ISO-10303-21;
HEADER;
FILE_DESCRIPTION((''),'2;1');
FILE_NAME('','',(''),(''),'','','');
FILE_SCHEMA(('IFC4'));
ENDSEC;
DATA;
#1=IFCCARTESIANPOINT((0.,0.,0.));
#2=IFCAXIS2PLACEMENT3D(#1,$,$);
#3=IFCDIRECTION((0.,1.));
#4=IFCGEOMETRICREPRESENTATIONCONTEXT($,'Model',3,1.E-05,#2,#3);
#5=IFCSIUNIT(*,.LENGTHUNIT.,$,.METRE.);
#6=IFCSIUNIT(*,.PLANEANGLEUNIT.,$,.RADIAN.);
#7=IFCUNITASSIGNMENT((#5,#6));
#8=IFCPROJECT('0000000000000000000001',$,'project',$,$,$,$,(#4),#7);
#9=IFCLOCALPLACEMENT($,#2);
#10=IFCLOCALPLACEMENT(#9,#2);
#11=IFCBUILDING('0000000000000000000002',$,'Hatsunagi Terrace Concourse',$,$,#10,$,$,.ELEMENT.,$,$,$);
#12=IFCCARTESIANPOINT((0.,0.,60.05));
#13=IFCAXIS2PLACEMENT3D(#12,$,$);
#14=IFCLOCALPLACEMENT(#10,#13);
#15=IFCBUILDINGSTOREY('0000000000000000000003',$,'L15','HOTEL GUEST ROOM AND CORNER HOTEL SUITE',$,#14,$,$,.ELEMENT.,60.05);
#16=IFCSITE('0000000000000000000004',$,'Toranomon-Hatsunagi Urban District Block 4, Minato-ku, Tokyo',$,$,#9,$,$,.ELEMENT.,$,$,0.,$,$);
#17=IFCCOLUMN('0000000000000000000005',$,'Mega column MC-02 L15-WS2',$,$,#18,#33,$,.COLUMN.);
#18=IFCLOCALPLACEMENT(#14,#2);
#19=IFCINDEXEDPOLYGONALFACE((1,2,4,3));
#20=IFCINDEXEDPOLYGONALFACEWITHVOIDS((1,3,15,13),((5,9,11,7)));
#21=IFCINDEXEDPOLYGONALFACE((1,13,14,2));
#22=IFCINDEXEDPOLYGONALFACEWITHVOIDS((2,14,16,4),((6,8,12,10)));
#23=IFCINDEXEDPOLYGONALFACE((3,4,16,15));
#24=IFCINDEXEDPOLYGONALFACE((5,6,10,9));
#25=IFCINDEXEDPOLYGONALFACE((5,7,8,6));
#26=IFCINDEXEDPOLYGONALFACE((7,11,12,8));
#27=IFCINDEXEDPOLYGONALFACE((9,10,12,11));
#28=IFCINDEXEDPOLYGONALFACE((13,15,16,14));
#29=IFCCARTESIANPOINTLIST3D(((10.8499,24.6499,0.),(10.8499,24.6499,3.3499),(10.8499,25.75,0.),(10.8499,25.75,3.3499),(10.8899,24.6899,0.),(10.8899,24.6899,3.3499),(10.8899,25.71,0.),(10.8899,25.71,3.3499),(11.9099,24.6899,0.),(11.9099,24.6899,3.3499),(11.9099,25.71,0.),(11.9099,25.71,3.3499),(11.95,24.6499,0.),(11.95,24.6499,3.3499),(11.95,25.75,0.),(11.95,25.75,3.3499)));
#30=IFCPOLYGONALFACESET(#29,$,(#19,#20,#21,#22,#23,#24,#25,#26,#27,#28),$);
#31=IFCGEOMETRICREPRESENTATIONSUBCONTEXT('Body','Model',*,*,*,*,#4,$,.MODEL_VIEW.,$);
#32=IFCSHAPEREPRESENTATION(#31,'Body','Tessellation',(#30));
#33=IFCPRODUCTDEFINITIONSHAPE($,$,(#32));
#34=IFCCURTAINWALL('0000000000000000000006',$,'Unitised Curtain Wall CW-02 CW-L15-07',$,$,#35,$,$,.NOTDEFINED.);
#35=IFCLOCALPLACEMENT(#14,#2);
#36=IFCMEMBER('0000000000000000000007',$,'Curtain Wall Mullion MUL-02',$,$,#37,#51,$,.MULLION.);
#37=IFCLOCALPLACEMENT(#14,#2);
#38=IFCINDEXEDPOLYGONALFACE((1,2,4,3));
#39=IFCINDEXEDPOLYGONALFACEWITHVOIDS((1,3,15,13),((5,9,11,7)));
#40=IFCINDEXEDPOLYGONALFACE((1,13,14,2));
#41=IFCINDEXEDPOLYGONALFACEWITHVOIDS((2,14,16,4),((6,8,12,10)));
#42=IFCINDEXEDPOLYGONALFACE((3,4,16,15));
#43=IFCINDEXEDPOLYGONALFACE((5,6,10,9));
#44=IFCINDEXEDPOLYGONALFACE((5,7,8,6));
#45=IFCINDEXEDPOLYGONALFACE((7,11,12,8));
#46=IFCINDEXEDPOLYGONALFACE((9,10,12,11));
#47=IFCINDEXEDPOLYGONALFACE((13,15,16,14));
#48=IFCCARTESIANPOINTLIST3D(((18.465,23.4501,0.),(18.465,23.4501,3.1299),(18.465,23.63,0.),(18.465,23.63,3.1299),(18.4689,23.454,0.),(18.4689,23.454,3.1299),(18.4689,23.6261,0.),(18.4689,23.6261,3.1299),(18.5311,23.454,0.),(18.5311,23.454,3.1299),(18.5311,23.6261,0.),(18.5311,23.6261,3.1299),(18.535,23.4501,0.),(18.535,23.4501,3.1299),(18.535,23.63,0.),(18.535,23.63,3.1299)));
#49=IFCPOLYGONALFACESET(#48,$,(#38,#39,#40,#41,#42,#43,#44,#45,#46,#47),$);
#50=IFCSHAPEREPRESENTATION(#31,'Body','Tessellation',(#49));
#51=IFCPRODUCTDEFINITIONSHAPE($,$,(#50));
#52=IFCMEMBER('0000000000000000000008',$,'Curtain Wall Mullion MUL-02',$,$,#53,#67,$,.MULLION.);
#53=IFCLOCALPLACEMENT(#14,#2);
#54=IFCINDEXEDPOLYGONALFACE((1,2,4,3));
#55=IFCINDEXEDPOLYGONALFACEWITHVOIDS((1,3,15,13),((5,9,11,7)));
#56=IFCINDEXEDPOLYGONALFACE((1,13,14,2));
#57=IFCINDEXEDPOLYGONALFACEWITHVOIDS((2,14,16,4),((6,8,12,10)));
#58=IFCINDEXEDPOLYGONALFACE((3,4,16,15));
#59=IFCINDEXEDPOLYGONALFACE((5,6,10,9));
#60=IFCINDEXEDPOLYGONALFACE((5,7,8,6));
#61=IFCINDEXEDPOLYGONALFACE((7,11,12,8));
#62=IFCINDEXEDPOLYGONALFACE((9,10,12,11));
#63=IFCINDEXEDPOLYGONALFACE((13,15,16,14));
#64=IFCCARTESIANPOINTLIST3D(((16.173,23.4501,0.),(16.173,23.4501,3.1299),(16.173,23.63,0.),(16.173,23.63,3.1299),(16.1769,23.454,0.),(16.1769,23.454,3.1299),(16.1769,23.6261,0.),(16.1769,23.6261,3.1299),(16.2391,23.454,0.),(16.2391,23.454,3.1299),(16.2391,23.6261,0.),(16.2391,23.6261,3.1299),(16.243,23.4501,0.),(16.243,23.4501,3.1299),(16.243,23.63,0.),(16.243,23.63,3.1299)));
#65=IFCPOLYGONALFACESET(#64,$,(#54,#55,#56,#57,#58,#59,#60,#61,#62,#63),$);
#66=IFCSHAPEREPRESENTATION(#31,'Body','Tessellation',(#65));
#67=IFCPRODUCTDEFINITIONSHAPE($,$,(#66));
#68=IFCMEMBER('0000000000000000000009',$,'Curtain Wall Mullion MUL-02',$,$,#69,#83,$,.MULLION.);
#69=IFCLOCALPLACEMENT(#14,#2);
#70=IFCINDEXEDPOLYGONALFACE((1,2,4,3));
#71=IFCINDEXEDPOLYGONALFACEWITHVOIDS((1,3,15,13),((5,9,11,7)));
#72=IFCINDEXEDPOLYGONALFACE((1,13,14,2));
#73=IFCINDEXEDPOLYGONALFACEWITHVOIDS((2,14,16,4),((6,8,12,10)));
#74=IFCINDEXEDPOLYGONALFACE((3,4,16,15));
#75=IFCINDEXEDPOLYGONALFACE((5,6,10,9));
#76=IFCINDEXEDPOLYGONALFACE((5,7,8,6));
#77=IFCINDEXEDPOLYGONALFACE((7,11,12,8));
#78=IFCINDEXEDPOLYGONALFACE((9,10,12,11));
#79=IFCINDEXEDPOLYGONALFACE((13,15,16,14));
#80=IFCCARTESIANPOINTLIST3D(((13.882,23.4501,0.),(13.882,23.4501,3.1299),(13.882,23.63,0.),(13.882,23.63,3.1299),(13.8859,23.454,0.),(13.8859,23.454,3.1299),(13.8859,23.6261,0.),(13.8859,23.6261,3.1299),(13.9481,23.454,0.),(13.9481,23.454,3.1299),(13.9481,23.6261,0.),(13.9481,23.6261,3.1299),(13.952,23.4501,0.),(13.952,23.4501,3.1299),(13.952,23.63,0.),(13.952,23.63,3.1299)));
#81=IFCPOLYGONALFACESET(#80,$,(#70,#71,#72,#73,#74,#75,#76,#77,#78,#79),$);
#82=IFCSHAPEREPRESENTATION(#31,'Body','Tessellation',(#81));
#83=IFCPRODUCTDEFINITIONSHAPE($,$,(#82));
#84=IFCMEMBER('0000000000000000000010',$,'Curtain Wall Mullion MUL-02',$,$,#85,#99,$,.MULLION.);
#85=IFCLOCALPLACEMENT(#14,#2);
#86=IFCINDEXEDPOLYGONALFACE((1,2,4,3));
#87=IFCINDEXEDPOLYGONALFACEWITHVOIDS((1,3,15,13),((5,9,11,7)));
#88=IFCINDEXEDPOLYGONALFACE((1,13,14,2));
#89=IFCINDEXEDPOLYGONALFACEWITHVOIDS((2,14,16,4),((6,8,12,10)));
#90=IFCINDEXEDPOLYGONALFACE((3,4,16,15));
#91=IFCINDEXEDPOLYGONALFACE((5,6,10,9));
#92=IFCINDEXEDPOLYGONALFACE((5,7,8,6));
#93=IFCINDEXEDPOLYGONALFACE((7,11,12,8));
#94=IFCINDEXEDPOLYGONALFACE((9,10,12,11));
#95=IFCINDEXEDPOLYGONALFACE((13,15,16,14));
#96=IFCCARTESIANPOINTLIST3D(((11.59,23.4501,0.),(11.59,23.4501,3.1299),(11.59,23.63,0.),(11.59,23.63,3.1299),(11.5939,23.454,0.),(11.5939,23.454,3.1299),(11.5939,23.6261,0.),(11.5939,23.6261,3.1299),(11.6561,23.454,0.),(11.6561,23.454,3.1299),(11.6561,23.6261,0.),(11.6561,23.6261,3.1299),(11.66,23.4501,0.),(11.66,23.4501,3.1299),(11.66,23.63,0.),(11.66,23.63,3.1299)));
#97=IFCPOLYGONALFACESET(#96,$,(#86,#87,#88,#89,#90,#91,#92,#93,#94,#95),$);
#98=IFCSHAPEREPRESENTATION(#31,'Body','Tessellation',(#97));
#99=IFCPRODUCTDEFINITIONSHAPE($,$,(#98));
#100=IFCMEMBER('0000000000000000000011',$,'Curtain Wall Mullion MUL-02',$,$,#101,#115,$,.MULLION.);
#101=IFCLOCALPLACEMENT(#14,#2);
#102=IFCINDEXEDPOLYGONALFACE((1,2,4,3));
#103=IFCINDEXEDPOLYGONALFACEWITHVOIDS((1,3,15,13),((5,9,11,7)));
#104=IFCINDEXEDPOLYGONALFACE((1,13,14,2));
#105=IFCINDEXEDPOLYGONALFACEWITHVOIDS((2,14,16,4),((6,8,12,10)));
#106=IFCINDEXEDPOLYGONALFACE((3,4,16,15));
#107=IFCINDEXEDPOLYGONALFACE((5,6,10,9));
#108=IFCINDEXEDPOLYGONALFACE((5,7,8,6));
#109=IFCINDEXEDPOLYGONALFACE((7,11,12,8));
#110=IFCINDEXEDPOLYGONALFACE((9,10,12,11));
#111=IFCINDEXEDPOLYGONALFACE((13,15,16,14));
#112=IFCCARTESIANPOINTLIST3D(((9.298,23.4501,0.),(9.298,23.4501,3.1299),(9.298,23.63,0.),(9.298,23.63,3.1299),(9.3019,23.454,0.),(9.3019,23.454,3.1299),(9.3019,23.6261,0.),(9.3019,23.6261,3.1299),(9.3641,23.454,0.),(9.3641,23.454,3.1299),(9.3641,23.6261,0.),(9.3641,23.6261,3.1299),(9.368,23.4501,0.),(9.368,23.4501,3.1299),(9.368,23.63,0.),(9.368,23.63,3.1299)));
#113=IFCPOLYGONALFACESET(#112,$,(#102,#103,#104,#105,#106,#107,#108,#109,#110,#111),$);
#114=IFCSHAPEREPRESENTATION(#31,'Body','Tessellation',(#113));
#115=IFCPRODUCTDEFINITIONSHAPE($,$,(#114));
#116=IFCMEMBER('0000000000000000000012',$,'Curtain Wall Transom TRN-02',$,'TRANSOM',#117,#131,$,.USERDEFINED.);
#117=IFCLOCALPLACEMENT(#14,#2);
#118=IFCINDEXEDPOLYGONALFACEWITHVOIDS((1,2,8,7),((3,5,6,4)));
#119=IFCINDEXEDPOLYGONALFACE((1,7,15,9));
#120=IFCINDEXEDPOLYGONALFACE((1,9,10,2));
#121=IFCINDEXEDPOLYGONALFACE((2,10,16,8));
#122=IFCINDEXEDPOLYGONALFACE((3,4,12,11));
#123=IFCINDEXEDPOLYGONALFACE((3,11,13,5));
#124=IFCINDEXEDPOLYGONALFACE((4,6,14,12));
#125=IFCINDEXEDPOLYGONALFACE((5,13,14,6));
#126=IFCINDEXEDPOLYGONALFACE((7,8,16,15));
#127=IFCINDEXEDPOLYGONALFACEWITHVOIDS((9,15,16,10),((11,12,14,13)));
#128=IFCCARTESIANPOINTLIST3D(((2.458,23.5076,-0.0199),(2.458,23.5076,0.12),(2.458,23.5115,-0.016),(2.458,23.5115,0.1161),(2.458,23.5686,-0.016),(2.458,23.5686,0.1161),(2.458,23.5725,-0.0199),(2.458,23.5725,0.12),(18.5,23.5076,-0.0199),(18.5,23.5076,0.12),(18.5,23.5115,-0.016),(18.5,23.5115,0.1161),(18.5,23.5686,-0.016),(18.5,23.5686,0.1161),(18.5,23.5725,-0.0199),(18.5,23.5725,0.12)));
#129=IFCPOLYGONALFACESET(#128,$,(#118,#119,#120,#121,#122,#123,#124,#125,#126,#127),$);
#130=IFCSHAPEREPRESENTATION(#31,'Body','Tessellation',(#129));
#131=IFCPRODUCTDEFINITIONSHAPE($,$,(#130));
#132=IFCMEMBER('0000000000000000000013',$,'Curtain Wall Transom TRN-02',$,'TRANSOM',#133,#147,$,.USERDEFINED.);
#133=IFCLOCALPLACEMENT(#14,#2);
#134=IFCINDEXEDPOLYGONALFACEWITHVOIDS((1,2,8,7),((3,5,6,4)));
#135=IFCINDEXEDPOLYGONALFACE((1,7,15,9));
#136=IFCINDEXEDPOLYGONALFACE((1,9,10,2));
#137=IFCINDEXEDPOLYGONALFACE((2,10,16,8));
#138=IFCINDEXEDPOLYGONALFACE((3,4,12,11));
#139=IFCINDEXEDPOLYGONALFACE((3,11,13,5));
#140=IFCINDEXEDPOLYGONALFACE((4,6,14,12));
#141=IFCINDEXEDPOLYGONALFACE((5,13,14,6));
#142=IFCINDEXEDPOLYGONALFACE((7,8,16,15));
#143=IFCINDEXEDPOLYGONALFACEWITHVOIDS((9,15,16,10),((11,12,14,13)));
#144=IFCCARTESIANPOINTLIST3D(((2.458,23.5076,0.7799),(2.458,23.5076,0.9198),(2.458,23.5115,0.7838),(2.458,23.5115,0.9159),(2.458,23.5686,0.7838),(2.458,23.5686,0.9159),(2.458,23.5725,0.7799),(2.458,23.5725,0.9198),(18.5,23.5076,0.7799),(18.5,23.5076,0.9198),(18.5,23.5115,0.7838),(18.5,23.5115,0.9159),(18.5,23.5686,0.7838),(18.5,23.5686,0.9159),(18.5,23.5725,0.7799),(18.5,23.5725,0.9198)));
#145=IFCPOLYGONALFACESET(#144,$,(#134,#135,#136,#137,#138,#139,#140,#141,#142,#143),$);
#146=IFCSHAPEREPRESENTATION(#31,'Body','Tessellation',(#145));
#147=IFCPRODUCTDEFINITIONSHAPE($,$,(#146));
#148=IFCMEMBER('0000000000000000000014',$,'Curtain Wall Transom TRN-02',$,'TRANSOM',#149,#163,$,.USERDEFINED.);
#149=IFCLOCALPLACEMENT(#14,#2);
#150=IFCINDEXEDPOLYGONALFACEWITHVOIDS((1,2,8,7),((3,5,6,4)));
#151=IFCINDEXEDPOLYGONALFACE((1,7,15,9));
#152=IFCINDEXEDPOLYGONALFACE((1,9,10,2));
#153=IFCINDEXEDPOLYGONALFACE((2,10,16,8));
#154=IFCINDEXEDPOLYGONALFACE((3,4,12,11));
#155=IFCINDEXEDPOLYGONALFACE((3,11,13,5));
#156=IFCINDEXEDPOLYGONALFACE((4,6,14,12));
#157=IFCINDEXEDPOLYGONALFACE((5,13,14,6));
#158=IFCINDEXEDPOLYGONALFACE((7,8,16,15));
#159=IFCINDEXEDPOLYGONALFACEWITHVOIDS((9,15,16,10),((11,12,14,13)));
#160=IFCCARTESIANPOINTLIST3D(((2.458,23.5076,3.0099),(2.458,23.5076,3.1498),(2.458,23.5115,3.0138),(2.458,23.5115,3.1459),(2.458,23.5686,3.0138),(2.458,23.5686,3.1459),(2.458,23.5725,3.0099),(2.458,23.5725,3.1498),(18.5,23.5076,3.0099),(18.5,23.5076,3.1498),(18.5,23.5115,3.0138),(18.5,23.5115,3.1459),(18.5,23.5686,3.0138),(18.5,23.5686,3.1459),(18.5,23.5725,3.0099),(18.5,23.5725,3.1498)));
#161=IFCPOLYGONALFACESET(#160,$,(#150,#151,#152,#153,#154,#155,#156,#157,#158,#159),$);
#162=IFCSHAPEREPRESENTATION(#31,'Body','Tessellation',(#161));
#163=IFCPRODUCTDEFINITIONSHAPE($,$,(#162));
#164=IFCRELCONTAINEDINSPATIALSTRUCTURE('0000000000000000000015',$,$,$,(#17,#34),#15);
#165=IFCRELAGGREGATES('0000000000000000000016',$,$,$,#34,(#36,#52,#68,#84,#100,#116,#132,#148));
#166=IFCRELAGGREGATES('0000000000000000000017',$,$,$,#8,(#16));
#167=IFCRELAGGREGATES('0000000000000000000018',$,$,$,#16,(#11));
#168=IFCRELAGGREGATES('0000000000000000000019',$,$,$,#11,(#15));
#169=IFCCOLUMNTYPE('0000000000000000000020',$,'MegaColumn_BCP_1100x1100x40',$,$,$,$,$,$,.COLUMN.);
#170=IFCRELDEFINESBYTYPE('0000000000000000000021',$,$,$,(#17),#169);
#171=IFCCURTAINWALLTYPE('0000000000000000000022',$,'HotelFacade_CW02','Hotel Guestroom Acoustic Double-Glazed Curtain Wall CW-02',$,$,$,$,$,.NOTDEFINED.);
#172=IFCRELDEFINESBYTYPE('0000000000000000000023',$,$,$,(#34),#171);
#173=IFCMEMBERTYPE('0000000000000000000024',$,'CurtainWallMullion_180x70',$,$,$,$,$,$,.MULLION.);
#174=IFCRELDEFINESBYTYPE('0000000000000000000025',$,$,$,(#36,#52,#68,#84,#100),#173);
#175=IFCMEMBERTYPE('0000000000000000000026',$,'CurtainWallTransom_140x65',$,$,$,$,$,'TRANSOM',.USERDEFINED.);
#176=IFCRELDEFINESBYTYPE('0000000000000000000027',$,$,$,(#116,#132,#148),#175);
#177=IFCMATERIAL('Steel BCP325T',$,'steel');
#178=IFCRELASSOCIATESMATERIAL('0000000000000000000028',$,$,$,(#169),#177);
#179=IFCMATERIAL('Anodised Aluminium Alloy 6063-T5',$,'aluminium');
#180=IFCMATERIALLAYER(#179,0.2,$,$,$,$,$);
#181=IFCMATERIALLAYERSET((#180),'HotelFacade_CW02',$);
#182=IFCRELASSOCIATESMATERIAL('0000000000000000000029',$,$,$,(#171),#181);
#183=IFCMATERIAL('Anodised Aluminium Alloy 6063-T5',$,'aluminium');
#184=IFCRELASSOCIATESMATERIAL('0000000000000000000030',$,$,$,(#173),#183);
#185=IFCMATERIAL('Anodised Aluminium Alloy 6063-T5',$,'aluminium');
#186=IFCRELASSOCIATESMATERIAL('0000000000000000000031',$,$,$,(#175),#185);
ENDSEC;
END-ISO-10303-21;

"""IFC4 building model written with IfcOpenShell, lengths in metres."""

from ifc_helpers import new_model, si_unit, direction, frame, origin, origin_2d, place, context, subcontext, project, spatial, hollow_rectangle, extrude, material, layer, layer_set, material_profile, profile_set, type_object, element, aggregate, save


model = new_model("IFC4")

# Units and contexts
model_context = context("Model", 3, precision=1e-05, world=origin(), true_north=direction((0.0, 1.0)))
body_context = subcontext(model_context, "Body", "Model", "MODEL_VIEW")
ifc_project = project(units=[si_unit("LENGTHUNIT", "METRE"), si_unit("PLANEANGLEUNIT", "RADIAN")], contexts=[model_context])

# Site, building, storey
site_placement = place(None, origin())
site = spatial("IfcSite", under=ifc_project, at=site_placement, Name="Toranomon-Hatsunagi Urban District Block 4, Minato-ku, Tokyo", CompositionType="ELEMENT", RefElevation=0.0)
building_placement = place(site_placement, origin())
building = spatial("IfcBuilding", under=site, at=building_placement, Name="Hatsunagi Terrace Concourse", CompositionType="ELEMENT")
storey_placement = place(building_placement, frame((0.0, 0.0, 60.05)))
storey = spatial("IfcBuildingStorey", under=building, at=storey_placement, Name="L15", Description="HOTEL GUEST ROOM AND CORNER HOTEL SUITE", CompositionType="ELEMENT", Elevation=60.05)

# Column
ifc_material_1 = material(Name="Steel BCP325T", Category="steel")
ifc_material_profile_1 = material_profile(ifc_material_1, hollow_rectangle(XDim=1.1001, YDim=1.1001, WallThickness=0.04, at=origin_2d()), Name="BCP-1100x1100x40")
ifc_profile_set_1 = profile_set([ifc_material_profile_1], Name="Steel BCP325T")
column_type = type_object("IfcColumnType", Name="MegaColumn_BCP_1100x1100x40", PredefinedType="COLUMN", material=ifc_profile_set_1)
column_placement = place(storey_placement, frame((11.3999, 25.2, 0.0), z_axis=(0.0, 0.0, 1.0), x_axis=(1.0, 0.0, 0.0)))
element("IfcColumn", 1, at=column_placement, inside=storey, type_object=column_type, Name="Mega column MC-02 L15-WS2", PredefinedType="COLUMN", context=body_context, shape_type="SweptSolid", body=[
    extrude(hollow_rectangle(XDim=1.1001, YDim=1.1001, WallThickness=0.04, at=origin_2d()), origin(), (0.0, 0.0, 1.0), 3.3499),
])

# Curtain wall, members
ifc_material_2 = material(Name="Anodised Aluminium Alloy 6063-T5", Category="aluminium")
ifc_layer_1 = layer(ifc_material_2, 0.2)
ifc_layer_set_1 = layer_set([ifc_layer_1], Name="HotelFacade_CW02")
curtain_wall_type = type_object("IfcCurtainWallType", Name="HotelFacade_CW02", Description="Hotel Guestroom Acoustic Double-Glazed Curtain Wall CW-02", PredefinedType="NOTDEFINED", material=ifc_layer_set_1)
curtain_wall_placement = place(storey_placement, origin())
curtain_wall = element("IfcCurtainWall", 2, at=curtain_wall_placement, inside=storey, type_object=curtain_wall_type, Name="Unitised Curtain Wall CW-02 CW-L15-07", PredefinedType="NOTDEFINED")
ifc_material_3 = material(Name="Anodised Aluminium Alloy 6063-T5", Category="aluminium")
ifc_material_profile_2 = material_profile(ifc_material_3, hollow_rectangle(XDim=0.0701, YDim=0.1799, WallThickness=0.0039, at=origin_2d()), Name="ALU-MUL-180x70x4")
ifc_profile_set_2 = profile_set([ifc_material_profile_2], Name="Anodised Aluminium Alloy 6063-T5")
member_type_1 = type_object("IfcMemberType", Name="CurtainWallMullion_180x70", PredefinedType="MULLION", material=ifc_profile_set_2)
member_1_placement = place(storey_placement, frame((18.5, 23.54, 0.0), z_axis=(0.0, 0.0, 1.0), x_axis=(-1.0, 0.0, 0.0)))
member_1 = element("IfcMember", 3, at=member_1_placement, type_object=member_type_1, Name="Curtain Wall Mullion MUL-02", PredefinedType="MULLION", context=body_context, shape_type="SweptSolid", body=[
    extrude(hollow_rectangle(XDim=0.0701, YDim=0.1799, WallThickness=0.0039, at=origin_2d()), origin(), (0.0, 0.0, 1.0), 3.1299),
])
member_2_placement = place(storey_placement, frame((16.208, 23.54, 0.0), z_axis=(0.0, 0.0, 1.0), x_axis=(-1.0, 0.0, 0.0)))
member_2 = element("IfcMember", 4, at=member_2_placement, type_object=member_type_1, Name="Curtain Wall Mullion MUL-02", PredefinedType="MULLION", context=body_context, shape_type="SweptSolid", body=[
    extrude(hollow_rectangle(XDim=0.0701, YDim=0.1799, WallThickness=0.0039, at=origin_2d()), origin(), (0.0, 0.0, 1.0), 3.1299),
])
member_3_placement = place(storey_placement, frame((13.917, 23.54, 0.0), z_axis=(0.0, 0.0, 1.0), x_axis=(-1.0, 0.0, 0.0)))
member_3 = element("IfcMember", 5, at=member_3_placement, type_object=member_type_1, Name="Curtain Wall Mullion MUL-02", PredefinedType="MULLION", context=body_context, shape_type="SweptSolid", body=[
    extrude(hollow_rectangle(XDim=0.0701, YDim=0.1799, WallThickness=0.0039, at=origin_2d()), origin(), (0.0, 0.0, 1.0), 3.1299),
])
member_4_placement = place(storey_placement, frame((11.625, 23.54, 0.0), z_axis=(0.0, 0.0, 1.0), x_axis=(-1.0, 0.0, 0.0)))
member_4 = element("IfcMember", 6, at=member_4_placement, type_object=member_type_1, Name="Curtain Wall Mullion MUL-02", PredefinedType="MULLION", context=body_context, shape_type="SweptSolid", body=[
    extrude(hollow_rectangle(XDim=0.0701, YDim=0.1799, WallThickness=0.0039, at=origin_2d()), origin(), (0.0, 0.0, 1.0), 3.1299),
])
member_5_placement = place(storey_placement, frame((9.333, 23.54, 0.0), z_axis=(0.0, 0.0, 1.0), x_axis=(-1.0, 0.0, 0.0)))
member_5 = element("IfcMember", 7, at=member_5_placement, type_object=member_type_1, Name="Curtain Wall Mullion MUL-02", PredefinedType="MULLION", context=body_context, shape_type="SweptSolid", body=[
    extrude(hollow_rectangle(XDim=0.0701, YDim=0.1799, WallThickness=0.0039, at=origin_2d()), origin(), (0.0, 0.0, 1.0), 3.1299),
])
ifc_material_4 = material(Name="Anodised Aluminium Alloy 6063-T5", Category="aluminium")
ifc_material_profile_3 = material_profile(ifc_material_4, hollow_rectangle(XDim=0.0649, YDim=0.1399, WallThickness=0.0039, at=origin_2d()), Name="ALU-TRN-140x65x4")
ifc_profile_set_3 = profile_set([ifc_material_profile_3], Name="Anodised Aluminium Alloy 6063-T5")
member_type_2 = type_object("IfcMemberType", Name="CurtainWallTransom_140x65", ElementType="TRANSOM", PredefinedType="USERDEFINED", material=ifc_profile_set_3)
member_6_placement = place(storey_placement, frame((18.5, 23.54, 0.05), z_axis=(-1.0, 0.0, 0.0), x_axis=(0.0, -1.0, 0.0)))
member_6 = element("IfcMember", 8, at=member_6_placement, type_object=member_type_2, Name="Curtain Wall Transom TRN-02", ObjectType="TRANSOM", PredefinedType="USERDEFINED", context=body_context, shape_type="SweptSolid", body=[
    extrude(hollow_rectangle(XDim=0.0649, YDim=0.1399, WallThickness=0.0039, at=origin_2d()), origin(), (0.0, 0.0, 1.0), 16.042),
])
member_7_placement = place(storey_placement, frame((18.5, 23.54, 0.8499), z_axis=(-1.0, 0.0, 0.0), x_axis=(0.0, -1.0, 0.0)))
member_7 = element("IfcMember", 9, at=member_7_placement, type_object=member_type_2, Name="Curtain Wall Transom TRN-02", ObjectType="TRANSOM", PredefinedType="USERDEFINED", context=body_context, shape_type="SweptSolid", body=[
    extrude(hollow_rectangle(XDim=0.0649, YDim=0.1399, WallThickness=0.0039, at=origin_2d()), origin(), (0.0, 0.0, 1.0), 16.042),
])
member_8_placement = place(storey_placement, frame((18.5, 23.54, 3.0798), z_axis=(-1.0, 0.0, 0.0), x_axis=(0.0, -1.0, 0.0)))
member_8 = element("IfcMember", 10, at=member_8_placement, type_object=member_type_2, Name="Curtain Wall Transom TRN-02", ObjectType="TRANSOM", PredefinedType="USERDEFINED", context=body_context, shape_type="SweptSolid", body=[
    extrude(hollow_rectangle(XDim=0.0649, YDim=0.1399, WallThickness=0.0039, at=origin_2d()), origin(), (0.0, 0.0, 1.0), 16.042),
])

aggregate(curtain_wall, [member_1, member_2, member_3, member_4, member_5, member_6, member_7, member_8])

save(model, "model.ifc")
